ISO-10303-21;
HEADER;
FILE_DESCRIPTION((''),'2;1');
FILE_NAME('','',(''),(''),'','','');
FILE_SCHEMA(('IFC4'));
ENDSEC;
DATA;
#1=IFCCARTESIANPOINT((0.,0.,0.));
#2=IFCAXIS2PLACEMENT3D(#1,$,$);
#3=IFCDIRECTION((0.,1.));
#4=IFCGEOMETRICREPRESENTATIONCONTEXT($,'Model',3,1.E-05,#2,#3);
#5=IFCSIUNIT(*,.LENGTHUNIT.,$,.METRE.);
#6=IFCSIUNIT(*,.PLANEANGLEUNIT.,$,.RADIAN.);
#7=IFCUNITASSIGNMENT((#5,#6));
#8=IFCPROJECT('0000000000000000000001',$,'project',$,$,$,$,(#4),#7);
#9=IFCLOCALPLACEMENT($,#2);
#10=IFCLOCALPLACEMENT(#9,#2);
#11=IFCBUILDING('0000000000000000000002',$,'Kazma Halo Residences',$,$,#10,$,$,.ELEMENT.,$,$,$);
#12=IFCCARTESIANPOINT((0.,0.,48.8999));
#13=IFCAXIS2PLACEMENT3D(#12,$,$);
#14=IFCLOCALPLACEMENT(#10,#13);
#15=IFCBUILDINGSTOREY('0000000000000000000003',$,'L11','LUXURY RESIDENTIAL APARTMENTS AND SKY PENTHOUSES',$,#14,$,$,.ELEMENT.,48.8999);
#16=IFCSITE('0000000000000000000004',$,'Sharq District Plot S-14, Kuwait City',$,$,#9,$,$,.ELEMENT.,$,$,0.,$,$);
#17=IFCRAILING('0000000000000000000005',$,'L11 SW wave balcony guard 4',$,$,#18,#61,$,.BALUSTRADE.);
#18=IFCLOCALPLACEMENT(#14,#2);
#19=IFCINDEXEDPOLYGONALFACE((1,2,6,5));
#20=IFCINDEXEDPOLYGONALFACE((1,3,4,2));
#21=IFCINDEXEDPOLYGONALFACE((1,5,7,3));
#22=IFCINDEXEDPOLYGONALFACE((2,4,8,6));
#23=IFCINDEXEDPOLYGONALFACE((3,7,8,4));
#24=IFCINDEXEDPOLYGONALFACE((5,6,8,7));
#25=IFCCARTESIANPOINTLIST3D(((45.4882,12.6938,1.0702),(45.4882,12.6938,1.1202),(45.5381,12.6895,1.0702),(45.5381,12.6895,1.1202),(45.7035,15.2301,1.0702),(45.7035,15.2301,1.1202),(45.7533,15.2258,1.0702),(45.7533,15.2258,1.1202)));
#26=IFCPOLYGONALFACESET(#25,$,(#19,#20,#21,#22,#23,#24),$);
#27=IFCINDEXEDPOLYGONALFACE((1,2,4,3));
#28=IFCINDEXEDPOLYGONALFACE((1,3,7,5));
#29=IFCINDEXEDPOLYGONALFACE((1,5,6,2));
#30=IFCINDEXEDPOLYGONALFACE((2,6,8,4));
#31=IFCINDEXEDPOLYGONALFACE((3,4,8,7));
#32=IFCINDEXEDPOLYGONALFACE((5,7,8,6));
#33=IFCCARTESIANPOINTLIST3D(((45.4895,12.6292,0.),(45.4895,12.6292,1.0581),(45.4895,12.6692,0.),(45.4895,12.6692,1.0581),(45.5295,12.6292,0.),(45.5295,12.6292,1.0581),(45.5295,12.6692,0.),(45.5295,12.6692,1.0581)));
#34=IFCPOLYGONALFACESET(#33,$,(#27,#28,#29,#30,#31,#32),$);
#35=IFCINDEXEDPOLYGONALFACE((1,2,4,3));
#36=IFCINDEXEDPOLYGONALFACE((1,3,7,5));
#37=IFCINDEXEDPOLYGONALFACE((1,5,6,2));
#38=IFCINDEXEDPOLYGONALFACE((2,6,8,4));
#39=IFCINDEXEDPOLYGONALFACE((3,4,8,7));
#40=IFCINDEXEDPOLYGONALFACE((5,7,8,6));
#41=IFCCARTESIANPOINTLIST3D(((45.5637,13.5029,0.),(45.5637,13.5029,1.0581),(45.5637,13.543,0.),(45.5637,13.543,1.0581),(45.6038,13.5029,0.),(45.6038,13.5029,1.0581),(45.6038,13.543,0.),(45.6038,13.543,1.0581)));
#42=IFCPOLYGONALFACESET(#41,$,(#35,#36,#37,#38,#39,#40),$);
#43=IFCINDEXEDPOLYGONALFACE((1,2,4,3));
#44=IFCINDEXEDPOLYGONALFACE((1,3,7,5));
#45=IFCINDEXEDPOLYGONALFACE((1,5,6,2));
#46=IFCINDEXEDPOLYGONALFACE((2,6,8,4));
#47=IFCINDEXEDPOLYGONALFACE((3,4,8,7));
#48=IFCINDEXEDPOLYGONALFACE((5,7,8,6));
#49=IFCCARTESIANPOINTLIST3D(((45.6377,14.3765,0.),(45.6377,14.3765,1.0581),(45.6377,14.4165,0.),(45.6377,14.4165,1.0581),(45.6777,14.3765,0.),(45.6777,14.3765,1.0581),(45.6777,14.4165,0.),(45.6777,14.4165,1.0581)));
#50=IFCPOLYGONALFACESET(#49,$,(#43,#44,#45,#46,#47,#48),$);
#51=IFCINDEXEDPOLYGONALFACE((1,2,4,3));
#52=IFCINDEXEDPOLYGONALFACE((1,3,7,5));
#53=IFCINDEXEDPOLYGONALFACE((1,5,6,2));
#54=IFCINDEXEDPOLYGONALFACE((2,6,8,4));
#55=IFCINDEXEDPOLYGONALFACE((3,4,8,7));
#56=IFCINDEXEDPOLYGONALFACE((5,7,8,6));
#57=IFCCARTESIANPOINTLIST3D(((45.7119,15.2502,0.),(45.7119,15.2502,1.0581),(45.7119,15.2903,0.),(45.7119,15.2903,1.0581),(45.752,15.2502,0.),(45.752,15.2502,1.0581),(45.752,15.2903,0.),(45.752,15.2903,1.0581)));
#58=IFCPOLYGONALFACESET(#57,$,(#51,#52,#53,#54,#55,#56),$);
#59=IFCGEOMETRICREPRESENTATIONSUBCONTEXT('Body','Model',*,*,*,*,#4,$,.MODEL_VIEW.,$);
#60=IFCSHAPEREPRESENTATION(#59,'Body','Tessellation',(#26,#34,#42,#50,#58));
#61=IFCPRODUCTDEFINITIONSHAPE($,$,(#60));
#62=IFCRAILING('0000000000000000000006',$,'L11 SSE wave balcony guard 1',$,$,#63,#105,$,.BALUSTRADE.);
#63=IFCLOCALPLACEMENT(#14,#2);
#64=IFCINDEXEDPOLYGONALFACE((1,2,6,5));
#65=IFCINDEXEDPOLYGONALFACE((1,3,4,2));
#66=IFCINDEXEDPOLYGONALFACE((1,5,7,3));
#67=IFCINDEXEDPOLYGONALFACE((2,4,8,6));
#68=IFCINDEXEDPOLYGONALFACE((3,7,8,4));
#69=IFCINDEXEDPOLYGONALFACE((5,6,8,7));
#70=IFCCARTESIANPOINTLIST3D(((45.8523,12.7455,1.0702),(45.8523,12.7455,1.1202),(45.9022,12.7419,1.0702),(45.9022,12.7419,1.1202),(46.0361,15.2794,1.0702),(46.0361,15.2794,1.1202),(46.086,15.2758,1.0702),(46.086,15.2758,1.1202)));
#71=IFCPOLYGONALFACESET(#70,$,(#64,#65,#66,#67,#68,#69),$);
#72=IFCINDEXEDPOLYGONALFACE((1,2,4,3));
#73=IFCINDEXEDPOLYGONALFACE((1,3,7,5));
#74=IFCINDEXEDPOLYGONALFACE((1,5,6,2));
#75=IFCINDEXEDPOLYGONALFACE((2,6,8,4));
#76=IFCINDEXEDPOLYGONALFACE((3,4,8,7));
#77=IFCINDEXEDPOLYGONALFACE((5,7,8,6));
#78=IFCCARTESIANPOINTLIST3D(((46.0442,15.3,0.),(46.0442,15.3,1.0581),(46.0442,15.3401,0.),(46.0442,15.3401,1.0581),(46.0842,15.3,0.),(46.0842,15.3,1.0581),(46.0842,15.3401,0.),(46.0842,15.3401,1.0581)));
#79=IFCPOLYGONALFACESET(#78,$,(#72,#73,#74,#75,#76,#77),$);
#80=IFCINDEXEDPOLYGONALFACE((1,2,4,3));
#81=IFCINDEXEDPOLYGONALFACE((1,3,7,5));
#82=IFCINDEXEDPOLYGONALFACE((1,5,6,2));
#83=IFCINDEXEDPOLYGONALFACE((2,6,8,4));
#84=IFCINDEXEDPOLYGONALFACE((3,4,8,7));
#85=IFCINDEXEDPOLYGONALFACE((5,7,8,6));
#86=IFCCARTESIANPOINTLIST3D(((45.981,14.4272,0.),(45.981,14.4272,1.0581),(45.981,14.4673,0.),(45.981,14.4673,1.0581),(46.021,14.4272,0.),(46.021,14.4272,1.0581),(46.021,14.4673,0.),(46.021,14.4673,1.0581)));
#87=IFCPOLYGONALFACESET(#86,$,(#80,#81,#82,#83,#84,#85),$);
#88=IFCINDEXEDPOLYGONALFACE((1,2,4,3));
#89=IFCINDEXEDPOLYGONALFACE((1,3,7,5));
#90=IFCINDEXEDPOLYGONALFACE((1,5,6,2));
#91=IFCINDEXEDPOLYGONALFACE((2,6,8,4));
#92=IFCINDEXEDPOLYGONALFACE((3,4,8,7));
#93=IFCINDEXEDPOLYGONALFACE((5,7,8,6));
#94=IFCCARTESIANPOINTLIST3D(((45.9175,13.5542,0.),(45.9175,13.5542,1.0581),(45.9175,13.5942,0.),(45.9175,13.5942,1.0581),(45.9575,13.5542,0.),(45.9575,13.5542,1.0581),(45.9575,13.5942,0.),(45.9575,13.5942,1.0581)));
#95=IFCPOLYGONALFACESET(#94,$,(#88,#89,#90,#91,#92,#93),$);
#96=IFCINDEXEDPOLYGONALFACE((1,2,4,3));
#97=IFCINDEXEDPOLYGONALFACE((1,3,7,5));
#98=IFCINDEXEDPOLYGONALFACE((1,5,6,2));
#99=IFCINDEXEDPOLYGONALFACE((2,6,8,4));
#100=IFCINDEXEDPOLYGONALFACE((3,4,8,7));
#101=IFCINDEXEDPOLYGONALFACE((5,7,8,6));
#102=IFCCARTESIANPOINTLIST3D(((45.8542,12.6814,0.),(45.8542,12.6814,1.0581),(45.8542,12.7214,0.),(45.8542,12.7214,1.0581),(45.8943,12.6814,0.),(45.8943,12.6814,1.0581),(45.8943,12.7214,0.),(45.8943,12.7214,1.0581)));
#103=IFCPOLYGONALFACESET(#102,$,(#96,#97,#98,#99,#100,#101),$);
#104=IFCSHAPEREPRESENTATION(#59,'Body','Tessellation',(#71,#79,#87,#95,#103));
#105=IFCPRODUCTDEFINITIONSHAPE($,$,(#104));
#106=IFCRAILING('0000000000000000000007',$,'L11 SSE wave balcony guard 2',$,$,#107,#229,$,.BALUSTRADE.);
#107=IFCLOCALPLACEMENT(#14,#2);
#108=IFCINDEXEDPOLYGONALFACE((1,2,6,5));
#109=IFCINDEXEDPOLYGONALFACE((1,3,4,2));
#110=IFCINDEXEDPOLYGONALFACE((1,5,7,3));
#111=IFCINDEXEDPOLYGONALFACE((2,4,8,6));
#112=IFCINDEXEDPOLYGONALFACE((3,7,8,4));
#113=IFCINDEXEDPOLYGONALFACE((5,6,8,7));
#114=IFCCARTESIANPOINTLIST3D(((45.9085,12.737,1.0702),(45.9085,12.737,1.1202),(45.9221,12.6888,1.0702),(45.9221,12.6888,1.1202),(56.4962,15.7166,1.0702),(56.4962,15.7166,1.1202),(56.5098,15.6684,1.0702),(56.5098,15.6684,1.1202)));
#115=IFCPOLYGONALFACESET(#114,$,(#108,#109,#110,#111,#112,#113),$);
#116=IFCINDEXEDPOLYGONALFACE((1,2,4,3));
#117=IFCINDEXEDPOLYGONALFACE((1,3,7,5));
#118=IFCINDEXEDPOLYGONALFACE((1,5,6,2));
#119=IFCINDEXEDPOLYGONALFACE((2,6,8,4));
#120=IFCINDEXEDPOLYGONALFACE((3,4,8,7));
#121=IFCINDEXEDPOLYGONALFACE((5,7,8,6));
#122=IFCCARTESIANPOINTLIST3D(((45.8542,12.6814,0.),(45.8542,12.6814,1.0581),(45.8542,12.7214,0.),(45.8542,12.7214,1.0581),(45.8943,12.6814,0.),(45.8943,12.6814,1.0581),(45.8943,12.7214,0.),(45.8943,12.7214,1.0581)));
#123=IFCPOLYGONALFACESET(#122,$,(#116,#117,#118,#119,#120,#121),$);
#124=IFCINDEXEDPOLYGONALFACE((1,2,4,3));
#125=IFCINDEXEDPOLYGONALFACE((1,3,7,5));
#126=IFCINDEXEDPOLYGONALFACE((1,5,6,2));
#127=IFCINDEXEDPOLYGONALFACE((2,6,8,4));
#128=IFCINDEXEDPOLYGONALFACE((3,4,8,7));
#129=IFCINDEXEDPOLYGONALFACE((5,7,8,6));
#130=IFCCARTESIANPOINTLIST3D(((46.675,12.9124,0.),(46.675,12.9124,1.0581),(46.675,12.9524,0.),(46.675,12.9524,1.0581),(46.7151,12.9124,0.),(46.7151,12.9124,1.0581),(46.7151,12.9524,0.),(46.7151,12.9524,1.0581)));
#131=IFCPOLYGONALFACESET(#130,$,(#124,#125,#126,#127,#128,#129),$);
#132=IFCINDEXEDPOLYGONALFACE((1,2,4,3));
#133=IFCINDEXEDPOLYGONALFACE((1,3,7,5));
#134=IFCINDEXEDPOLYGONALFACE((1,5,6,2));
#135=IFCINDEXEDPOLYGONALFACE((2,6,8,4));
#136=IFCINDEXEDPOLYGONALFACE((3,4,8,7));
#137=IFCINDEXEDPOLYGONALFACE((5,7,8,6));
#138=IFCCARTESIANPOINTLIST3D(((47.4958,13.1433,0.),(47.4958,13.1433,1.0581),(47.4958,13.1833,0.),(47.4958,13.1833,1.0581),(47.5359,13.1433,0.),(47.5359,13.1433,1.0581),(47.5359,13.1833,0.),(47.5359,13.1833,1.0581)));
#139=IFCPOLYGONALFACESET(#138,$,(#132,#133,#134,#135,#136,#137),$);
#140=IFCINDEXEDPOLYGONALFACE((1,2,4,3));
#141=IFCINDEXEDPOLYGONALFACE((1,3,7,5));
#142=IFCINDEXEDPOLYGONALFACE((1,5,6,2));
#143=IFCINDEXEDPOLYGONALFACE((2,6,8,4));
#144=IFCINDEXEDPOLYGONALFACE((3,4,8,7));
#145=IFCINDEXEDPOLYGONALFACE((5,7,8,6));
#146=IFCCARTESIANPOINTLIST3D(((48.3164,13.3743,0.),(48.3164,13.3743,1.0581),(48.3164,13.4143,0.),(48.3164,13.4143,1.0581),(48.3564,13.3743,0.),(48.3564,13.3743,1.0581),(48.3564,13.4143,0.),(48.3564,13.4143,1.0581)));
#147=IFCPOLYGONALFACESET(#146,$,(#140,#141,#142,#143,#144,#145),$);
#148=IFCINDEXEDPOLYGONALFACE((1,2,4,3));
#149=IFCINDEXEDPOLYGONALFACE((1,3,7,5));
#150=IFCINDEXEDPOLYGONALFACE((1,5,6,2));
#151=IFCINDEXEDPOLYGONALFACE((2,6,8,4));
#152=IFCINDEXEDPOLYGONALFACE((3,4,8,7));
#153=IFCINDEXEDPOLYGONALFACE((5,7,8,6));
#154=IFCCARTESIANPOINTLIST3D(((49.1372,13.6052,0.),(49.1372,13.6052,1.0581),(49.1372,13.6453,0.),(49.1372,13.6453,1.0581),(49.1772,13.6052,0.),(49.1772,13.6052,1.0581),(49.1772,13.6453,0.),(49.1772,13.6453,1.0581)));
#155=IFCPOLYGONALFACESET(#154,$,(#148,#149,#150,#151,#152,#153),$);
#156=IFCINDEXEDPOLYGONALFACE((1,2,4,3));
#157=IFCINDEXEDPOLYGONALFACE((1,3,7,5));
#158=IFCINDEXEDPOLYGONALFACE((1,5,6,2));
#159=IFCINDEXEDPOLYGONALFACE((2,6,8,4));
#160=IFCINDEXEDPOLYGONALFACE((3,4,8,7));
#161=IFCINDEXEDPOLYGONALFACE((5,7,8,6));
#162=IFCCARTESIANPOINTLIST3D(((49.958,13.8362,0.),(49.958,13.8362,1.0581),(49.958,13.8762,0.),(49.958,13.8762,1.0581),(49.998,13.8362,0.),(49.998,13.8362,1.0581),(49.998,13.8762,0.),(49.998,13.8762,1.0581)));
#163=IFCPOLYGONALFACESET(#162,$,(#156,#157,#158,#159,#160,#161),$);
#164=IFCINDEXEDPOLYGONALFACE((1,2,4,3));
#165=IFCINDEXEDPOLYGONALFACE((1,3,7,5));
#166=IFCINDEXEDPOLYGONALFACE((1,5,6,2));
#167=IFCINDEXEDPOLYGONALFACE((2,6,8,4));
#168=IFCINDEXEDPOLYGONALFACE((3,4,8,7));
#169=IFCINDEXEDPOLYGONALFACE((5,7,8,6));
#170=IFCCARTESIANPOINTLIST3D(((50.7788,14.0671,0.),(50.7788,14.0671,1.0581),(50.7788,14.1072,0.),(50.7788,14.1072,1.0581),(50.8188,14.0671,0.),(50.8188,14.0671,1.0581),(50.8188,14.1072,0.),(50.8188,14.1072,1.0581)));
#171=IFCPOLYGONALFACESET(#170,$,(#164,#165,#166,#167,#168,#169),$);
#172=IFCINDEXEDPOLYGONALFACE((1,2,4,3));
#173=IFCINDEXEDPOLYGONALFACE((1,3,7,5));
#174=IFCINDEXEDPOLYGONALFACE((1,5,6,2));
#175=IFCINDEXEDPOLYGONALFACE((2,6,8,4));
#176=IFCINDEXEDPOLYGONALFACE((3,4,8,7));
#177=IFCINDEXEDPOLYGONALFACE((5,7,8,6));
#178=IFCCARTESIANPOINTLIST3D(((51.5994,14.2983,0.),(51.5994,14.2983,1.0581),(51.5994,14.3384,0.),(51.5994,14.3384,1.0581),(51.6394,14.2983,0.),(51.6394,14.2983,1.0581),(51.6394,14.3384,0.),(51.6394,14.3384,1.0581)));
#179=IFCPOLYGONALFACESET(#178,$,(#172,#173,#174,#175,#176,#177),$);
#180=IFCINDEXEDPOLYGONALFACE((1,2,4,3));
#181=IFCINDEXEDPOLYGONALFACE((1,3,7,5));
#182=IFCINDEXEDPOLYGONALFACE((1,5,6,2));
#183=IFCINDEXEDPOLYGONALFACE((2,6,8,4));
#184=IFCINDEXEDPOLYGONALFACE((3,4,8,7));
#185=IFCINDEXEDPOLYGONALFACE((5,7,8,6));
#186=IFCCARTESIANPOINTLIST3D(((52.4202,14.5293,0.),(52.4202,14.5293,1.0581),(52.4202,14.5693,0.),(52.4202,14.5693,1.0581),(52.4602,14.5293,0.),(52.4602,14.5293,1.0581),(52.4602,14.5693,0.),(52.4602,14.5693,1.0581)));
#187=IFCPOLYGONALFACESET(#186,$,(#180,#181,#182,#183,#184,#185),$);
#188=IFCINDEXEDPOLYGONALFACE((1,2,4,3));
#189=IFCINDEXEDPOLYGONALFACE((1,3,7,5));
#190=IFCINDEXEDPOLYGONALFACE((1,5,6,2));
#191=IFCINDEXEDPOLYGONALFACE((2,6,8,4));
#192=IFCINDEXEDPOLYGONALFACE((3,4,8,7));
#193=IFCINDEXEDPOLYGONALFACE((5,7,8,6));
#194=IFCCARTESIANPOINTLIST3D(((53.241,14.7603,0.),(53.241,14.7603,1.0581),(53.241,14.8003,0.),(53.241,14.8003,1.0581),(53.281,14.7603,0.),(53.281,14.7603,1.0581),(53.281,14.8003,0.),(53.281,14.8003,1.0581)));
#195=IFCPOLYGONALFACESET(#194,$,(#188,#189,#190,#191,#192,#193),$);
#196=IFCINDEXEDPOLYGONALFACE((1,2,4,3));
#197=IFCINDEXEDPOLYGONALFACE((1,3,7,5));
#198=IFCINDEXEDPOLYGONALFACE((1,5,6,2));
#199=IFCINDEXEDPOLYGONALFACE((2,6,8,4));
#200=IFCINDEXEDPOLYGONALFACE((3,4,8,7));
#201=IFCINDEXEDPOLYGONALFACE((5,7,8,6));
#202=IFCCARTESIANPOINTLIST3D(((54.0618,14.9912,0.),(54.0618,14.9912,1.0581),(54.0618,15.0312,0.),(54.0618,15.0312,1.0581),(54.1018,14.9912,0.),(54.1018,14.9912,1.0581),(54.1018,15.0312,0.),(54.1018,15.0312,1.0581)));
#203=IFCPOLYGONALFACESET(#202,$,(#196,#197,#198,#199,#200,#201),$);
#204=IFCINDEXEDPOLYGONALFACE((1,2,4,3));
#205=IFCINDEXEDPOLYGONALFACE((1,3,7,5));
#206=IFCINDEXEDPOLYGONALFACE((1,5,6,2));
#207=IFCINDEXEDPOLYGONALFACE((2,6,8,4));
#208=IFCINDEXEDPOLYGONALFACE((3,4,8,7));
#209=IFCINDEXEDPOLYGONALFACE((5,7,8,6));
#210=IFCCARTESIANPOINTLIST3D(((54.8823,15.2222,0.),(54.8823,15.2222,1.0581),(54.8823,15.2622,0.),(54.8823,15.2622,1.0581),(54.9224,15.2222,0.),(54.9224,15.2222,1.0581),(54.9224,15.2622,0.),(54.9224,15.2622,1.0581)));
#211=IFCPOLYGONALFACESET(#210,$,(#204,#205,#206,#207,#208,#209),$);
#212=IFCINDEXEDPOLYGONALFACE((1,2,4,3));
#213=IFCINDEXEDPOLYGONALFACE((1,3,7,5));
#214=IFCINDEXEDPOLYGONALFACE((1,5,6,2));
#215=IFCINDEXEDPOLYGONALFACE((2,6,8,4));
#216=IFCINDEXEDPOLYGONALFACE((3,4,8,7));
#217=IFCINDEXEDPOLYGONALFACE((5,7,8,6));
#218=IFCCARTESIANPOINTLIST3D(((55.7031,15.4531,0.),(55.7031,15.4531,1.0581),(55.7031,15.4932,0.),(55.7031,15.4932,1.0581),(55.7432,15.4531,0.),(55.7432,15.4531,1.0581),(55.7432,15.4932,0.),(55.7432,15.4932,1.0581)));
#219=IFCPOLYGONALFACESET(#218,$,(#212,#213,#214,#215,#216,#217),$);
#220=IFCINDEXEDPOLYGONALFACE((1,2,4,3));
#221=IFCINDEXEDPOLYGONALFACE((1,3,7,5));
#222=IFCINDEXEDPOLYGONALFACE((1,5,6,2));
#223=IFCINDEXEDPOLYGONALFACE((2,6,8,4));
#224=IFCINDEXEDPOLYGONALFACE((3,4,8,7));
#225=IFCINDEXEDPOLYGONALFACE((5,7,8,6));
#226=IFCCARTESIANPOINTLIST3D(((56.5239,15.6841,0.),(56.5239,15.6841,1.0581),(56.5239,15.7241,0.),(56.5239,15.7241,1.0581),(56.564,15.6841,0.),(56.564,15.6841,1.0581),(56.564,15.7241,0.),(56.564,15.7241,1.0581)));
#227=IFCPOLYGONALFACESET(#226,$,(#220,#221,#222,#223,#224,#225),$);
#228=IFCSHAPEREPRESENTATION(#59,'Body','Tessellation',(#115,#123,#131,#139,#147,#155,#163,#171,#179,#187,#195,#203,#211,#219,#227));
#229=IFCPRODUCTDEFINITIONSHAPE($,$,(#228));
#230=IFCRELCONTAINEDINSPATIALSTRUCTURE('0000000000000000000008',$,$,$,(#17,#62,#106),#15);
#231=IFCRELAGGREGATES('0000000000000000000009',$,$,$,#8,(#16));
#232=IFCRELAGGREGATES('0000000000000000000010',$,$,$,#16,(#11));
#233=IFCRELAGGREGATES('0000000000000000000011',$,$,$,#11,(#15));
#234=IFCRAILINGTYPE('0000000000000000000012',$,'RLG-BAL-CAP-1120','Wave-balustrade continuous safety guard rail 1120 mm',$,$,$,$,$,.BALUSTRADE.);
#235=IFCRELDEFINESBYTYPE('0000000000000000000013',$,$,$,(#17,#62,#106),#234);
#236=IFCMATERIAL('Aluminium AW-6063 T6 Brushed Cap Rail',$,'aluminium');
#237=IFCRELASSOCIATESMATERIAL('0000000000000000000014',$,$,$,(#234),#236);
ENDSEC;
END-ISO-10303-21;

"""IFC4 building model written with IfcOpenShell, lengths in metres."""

from ifc_helpers import new_model, si_unit, direction, frame, origin, origin_2d, place, context, subcontext, project, spatial, rectangle, extrude, material, type_object, element, save


model = new_model("IFC4")

# Units and contexts
model_context = context("Model", 3, precision=1e-05, world=origin(), true_north=direction((0.0, 1.0)))
body_context = subcontext(model_context, "Body", "Model", "MODEL_VIEW")
ifc_project = project(units=[si_unit("LENGTHUNIT", "METRE"), si_unit("PLANEANGLEUNIT", "RADIAN")], contexts=[model_context])

# Site, building, storey
site_placement = place(None, origin())
site = spatial("IfcSite", under=ifc_project, at=site_placement, Name="Sharq District Plot S-14, Kuwait City", CompositionType="ELEMENT", RefElevation=0.0)
building_placement = place(site_placement, origin())
building = spatial("IfcBuilding", under=site, at=building_placement, Name="Kazma Halo Residences", CompositionType="ELEMENT")
storey_placement = place(building_placement, frame((0.0, 0.0, 48.8999)))
storey = spatial("IfcBuildingStorey", under=building, at=storey_placement, Name="L11", Description="LUXURY RESIDENTIAL APARTMENTS AND SKY PENTHOUSES", CompositionType="ELEMENT", Elevation=48.8999)

# Railings
ifc_material_1 = material(Name="Aluminium AW-6063 T6 Brushed Cap Rail", Category="aluminium")
railing_type = type_object("IfcRailingType", Name="RLG-BAL-CAP-1120", Description="Wave-balustrade continuous safety guard rail 1120 mm", PredefinedType="BALUSTRADE", material=ifc_material_1)
railing_1_placement = place(storey_placement, frame((45.5095, 12.6492, 0.0)))
element("IfcRailing", 1, at=railing_1_placement, inside=storey, type_object=railing_type, Name="L11 SW wave balcony guard 4", PredefinedType="BALUSTRADE", context=body_context, shape_type="SweptSolid", body=[
    extrude(rectangle(XDim=0.05, YDim=0.05, at=origin_2d()), frame((0.0037, 0.0425, 1.0952), z_axis=(0.084551, 0.996419, 0.0), x_axis=(-0.996419, 0.084551, 0.0)), (0.0, 0.0, 1.0), 2.5454),
    extrude(rectangle(XDim=0.04, YDim=0.04, at=origin_2d()), origin(), (0.0, 0.0, 1.0), 1.0581),
    extrude(rectangle(XDim=0.04, YDim=0.04, at=origin_2d()), frame((0.0742, 0.8738, 0.0)), (0.0, 0.0, 1.0), 1.0581),
    extrude(rectangle(XDim=0.04, YDim=0.04, at=origin_2d()), frame((0.1482, 1.7473, 0.0)), (0.0, 0.0, 1.0), 1.0581),
    extrude(rectangle(XDim=0.04, YDim=0.04, at=origin_2d()), frame((0.2224, 2.6211, 0.0)), (0.0, 0.0, 1.0), 1.0581),
])
railing_2_placement = place(storey_placement, frame((46.0642, 15.3201, 0.0)))
element("IfcRailing", 2, at=railing_2_placement, inside=storey, type_object=railing_type, Name="L11 SSE wave balcony guard 1", PredefinedType="BALUSTRADE", context=body_context, shape_type="SweptSolid", body=[
    extrude(rectangle(XDim=0.05, YDim=0.05, at=origin_2d()), frame((-0.0032, -0.0425, 1.0952), z_axis=(-0.072344, -0.99738, 0.0), x_axis=(0.99738, -0.072344, 0.0)), (0.0, 0.0, 1.0), 2.5405),
    extrude(rectangle(XDim=0.04, YDim=0.04, at=origin_2d()), origin(), (0.0, 0.0, 1.0), 1.0581),
    extrude(rectangle(XDim=0.04, YDim=0.04, at=origin_2d()), frame((-0.0632, -0.8728, 0.0)), (0.0, 0.0, 1.0), 1.0581),
    extrude(rectangle(XDim=0.04, YDim=0.04, at=origin_2d()), frame((-0.1267, -1.7458, 0.0)), (0.0, 0.0, 1.0), 1.0581),
    extrude(rectangle(XDim=0.04, YDim=0.04, at=origin_2d()), frame((-0.1899, -2.6187, 0.0)), (0.0, 0.0, 1.0), 1.0581),
])
railing_3_placement = place(storey_placement, frame((45.8743, 12.7014, 0.0)))
element("IfcRailing", 3, at=railing_3_placement, inside=storey, type_object=railing_type, Name="L11 SSE wave balcony guard 2", PredefinedType="BALUSTRADE", context=body_context, shape_type="SweptSolid", body=[
    extrude(rectangle(XDim=0.05, YDim=0.05, at=origin_2d()), frame((0.041, 0.0115, 1.0952), z_axis=(0.962608, 0.270899, 0.0), x_axis=(-0.270899, 0.962608, 0.0)), (0.0, 0.0, 1.0), 10.999),
    extrude(rectangle(XDim=0.04, YDim=0.04, at=origin_2d()), origin(), (0.0, 0.0, 1.0), 1.0581),
    extrude(rectangle(XDim=0.04, YDim=0.04, at=origin_2d()), frame((0.8208, 0.231, 0.0)), (0.0, 0.0, 1.0), 1.0581),
    extrude(rectangle(XDim=0.04, YDim=0.04, at=origin_2d()), frame((1.6416, 0.4619, 0.0)), (0.0, 0.0, 1.0), 1.0581),
    extrude(rectangle(XDim=0.04, YDim=0.04, at=origin_2d()), frame((2.4622, 0.6929, 0.0)), (0.0, 0.0, 1.0), 1.0581),
    extrude(rectangle(XDim=0.04, YDim=0.04, at=origin_2d()), frame((3.283, 0.9238, 0.0)), (0.0, 0.0, 1.0), 1.0581),
    extrude(rectangle(XDim=0.04, YDim=0.04, at=origin_2d()), frame((4.1038, 1.1548, 0.0)), (0.0, 0.0, 1.0), 1.0581),
    extrude(rectangle(XDim=0.04, YDim=0.04, at=origin_2d()), frame((4.9246, 1.3857, 0.0)), (0.0, 0.0, 1.0), 1.0581),
    extrude(rectangle(XDim=0.04, YDim=0.04, at=origin_2d()), frame((5.7451, 1.6169, 0.0)), (0.0, 0.0, 1.0), 1.0581),
    extrude(rectangle(XDim=0.04, YDim=0.04, at=origin_2d()), frame((6.5659, 1.8479, 0.0)), (0.0, 0.0, 1.0), 1.0581),
    extrude(rectangle(XDim=0.04, YDim=0.04, at=origin_2d()), frame((7.3867, 2.0789, 0.0)), (0.0, 0.0, 1.0), 1.0581),
    extrude(rectangle(XDim=0.04, YDim=0.04, at=origin_2d()), frame((8.2075, 2.3098, 0.0)), (0.0, 0.0, 1.0), 1.0581),
    extrude(rectangle(XDim=0.04, YDim=0.04, at=origin_2d()), frame((9.0281, 2.5408, 0.0)), (0.0, 0.0, 1.0), 1.0581),
    extrude(rectangle(XDim=0.04, YDim=0.04, at=origin_2d()), frame((9.8489, 2.7717, 0.0)), (0.0, 0.0, 1.0), 1.0581),
    extrude(rectangle(XDim=0.04, YDim=0.04, at=origin_2d()), frame((10.6697, 3.0027, 0.0)), (0.0, 0.0, 1.0), 1.0581),
])

save(model, "model.ifc")
